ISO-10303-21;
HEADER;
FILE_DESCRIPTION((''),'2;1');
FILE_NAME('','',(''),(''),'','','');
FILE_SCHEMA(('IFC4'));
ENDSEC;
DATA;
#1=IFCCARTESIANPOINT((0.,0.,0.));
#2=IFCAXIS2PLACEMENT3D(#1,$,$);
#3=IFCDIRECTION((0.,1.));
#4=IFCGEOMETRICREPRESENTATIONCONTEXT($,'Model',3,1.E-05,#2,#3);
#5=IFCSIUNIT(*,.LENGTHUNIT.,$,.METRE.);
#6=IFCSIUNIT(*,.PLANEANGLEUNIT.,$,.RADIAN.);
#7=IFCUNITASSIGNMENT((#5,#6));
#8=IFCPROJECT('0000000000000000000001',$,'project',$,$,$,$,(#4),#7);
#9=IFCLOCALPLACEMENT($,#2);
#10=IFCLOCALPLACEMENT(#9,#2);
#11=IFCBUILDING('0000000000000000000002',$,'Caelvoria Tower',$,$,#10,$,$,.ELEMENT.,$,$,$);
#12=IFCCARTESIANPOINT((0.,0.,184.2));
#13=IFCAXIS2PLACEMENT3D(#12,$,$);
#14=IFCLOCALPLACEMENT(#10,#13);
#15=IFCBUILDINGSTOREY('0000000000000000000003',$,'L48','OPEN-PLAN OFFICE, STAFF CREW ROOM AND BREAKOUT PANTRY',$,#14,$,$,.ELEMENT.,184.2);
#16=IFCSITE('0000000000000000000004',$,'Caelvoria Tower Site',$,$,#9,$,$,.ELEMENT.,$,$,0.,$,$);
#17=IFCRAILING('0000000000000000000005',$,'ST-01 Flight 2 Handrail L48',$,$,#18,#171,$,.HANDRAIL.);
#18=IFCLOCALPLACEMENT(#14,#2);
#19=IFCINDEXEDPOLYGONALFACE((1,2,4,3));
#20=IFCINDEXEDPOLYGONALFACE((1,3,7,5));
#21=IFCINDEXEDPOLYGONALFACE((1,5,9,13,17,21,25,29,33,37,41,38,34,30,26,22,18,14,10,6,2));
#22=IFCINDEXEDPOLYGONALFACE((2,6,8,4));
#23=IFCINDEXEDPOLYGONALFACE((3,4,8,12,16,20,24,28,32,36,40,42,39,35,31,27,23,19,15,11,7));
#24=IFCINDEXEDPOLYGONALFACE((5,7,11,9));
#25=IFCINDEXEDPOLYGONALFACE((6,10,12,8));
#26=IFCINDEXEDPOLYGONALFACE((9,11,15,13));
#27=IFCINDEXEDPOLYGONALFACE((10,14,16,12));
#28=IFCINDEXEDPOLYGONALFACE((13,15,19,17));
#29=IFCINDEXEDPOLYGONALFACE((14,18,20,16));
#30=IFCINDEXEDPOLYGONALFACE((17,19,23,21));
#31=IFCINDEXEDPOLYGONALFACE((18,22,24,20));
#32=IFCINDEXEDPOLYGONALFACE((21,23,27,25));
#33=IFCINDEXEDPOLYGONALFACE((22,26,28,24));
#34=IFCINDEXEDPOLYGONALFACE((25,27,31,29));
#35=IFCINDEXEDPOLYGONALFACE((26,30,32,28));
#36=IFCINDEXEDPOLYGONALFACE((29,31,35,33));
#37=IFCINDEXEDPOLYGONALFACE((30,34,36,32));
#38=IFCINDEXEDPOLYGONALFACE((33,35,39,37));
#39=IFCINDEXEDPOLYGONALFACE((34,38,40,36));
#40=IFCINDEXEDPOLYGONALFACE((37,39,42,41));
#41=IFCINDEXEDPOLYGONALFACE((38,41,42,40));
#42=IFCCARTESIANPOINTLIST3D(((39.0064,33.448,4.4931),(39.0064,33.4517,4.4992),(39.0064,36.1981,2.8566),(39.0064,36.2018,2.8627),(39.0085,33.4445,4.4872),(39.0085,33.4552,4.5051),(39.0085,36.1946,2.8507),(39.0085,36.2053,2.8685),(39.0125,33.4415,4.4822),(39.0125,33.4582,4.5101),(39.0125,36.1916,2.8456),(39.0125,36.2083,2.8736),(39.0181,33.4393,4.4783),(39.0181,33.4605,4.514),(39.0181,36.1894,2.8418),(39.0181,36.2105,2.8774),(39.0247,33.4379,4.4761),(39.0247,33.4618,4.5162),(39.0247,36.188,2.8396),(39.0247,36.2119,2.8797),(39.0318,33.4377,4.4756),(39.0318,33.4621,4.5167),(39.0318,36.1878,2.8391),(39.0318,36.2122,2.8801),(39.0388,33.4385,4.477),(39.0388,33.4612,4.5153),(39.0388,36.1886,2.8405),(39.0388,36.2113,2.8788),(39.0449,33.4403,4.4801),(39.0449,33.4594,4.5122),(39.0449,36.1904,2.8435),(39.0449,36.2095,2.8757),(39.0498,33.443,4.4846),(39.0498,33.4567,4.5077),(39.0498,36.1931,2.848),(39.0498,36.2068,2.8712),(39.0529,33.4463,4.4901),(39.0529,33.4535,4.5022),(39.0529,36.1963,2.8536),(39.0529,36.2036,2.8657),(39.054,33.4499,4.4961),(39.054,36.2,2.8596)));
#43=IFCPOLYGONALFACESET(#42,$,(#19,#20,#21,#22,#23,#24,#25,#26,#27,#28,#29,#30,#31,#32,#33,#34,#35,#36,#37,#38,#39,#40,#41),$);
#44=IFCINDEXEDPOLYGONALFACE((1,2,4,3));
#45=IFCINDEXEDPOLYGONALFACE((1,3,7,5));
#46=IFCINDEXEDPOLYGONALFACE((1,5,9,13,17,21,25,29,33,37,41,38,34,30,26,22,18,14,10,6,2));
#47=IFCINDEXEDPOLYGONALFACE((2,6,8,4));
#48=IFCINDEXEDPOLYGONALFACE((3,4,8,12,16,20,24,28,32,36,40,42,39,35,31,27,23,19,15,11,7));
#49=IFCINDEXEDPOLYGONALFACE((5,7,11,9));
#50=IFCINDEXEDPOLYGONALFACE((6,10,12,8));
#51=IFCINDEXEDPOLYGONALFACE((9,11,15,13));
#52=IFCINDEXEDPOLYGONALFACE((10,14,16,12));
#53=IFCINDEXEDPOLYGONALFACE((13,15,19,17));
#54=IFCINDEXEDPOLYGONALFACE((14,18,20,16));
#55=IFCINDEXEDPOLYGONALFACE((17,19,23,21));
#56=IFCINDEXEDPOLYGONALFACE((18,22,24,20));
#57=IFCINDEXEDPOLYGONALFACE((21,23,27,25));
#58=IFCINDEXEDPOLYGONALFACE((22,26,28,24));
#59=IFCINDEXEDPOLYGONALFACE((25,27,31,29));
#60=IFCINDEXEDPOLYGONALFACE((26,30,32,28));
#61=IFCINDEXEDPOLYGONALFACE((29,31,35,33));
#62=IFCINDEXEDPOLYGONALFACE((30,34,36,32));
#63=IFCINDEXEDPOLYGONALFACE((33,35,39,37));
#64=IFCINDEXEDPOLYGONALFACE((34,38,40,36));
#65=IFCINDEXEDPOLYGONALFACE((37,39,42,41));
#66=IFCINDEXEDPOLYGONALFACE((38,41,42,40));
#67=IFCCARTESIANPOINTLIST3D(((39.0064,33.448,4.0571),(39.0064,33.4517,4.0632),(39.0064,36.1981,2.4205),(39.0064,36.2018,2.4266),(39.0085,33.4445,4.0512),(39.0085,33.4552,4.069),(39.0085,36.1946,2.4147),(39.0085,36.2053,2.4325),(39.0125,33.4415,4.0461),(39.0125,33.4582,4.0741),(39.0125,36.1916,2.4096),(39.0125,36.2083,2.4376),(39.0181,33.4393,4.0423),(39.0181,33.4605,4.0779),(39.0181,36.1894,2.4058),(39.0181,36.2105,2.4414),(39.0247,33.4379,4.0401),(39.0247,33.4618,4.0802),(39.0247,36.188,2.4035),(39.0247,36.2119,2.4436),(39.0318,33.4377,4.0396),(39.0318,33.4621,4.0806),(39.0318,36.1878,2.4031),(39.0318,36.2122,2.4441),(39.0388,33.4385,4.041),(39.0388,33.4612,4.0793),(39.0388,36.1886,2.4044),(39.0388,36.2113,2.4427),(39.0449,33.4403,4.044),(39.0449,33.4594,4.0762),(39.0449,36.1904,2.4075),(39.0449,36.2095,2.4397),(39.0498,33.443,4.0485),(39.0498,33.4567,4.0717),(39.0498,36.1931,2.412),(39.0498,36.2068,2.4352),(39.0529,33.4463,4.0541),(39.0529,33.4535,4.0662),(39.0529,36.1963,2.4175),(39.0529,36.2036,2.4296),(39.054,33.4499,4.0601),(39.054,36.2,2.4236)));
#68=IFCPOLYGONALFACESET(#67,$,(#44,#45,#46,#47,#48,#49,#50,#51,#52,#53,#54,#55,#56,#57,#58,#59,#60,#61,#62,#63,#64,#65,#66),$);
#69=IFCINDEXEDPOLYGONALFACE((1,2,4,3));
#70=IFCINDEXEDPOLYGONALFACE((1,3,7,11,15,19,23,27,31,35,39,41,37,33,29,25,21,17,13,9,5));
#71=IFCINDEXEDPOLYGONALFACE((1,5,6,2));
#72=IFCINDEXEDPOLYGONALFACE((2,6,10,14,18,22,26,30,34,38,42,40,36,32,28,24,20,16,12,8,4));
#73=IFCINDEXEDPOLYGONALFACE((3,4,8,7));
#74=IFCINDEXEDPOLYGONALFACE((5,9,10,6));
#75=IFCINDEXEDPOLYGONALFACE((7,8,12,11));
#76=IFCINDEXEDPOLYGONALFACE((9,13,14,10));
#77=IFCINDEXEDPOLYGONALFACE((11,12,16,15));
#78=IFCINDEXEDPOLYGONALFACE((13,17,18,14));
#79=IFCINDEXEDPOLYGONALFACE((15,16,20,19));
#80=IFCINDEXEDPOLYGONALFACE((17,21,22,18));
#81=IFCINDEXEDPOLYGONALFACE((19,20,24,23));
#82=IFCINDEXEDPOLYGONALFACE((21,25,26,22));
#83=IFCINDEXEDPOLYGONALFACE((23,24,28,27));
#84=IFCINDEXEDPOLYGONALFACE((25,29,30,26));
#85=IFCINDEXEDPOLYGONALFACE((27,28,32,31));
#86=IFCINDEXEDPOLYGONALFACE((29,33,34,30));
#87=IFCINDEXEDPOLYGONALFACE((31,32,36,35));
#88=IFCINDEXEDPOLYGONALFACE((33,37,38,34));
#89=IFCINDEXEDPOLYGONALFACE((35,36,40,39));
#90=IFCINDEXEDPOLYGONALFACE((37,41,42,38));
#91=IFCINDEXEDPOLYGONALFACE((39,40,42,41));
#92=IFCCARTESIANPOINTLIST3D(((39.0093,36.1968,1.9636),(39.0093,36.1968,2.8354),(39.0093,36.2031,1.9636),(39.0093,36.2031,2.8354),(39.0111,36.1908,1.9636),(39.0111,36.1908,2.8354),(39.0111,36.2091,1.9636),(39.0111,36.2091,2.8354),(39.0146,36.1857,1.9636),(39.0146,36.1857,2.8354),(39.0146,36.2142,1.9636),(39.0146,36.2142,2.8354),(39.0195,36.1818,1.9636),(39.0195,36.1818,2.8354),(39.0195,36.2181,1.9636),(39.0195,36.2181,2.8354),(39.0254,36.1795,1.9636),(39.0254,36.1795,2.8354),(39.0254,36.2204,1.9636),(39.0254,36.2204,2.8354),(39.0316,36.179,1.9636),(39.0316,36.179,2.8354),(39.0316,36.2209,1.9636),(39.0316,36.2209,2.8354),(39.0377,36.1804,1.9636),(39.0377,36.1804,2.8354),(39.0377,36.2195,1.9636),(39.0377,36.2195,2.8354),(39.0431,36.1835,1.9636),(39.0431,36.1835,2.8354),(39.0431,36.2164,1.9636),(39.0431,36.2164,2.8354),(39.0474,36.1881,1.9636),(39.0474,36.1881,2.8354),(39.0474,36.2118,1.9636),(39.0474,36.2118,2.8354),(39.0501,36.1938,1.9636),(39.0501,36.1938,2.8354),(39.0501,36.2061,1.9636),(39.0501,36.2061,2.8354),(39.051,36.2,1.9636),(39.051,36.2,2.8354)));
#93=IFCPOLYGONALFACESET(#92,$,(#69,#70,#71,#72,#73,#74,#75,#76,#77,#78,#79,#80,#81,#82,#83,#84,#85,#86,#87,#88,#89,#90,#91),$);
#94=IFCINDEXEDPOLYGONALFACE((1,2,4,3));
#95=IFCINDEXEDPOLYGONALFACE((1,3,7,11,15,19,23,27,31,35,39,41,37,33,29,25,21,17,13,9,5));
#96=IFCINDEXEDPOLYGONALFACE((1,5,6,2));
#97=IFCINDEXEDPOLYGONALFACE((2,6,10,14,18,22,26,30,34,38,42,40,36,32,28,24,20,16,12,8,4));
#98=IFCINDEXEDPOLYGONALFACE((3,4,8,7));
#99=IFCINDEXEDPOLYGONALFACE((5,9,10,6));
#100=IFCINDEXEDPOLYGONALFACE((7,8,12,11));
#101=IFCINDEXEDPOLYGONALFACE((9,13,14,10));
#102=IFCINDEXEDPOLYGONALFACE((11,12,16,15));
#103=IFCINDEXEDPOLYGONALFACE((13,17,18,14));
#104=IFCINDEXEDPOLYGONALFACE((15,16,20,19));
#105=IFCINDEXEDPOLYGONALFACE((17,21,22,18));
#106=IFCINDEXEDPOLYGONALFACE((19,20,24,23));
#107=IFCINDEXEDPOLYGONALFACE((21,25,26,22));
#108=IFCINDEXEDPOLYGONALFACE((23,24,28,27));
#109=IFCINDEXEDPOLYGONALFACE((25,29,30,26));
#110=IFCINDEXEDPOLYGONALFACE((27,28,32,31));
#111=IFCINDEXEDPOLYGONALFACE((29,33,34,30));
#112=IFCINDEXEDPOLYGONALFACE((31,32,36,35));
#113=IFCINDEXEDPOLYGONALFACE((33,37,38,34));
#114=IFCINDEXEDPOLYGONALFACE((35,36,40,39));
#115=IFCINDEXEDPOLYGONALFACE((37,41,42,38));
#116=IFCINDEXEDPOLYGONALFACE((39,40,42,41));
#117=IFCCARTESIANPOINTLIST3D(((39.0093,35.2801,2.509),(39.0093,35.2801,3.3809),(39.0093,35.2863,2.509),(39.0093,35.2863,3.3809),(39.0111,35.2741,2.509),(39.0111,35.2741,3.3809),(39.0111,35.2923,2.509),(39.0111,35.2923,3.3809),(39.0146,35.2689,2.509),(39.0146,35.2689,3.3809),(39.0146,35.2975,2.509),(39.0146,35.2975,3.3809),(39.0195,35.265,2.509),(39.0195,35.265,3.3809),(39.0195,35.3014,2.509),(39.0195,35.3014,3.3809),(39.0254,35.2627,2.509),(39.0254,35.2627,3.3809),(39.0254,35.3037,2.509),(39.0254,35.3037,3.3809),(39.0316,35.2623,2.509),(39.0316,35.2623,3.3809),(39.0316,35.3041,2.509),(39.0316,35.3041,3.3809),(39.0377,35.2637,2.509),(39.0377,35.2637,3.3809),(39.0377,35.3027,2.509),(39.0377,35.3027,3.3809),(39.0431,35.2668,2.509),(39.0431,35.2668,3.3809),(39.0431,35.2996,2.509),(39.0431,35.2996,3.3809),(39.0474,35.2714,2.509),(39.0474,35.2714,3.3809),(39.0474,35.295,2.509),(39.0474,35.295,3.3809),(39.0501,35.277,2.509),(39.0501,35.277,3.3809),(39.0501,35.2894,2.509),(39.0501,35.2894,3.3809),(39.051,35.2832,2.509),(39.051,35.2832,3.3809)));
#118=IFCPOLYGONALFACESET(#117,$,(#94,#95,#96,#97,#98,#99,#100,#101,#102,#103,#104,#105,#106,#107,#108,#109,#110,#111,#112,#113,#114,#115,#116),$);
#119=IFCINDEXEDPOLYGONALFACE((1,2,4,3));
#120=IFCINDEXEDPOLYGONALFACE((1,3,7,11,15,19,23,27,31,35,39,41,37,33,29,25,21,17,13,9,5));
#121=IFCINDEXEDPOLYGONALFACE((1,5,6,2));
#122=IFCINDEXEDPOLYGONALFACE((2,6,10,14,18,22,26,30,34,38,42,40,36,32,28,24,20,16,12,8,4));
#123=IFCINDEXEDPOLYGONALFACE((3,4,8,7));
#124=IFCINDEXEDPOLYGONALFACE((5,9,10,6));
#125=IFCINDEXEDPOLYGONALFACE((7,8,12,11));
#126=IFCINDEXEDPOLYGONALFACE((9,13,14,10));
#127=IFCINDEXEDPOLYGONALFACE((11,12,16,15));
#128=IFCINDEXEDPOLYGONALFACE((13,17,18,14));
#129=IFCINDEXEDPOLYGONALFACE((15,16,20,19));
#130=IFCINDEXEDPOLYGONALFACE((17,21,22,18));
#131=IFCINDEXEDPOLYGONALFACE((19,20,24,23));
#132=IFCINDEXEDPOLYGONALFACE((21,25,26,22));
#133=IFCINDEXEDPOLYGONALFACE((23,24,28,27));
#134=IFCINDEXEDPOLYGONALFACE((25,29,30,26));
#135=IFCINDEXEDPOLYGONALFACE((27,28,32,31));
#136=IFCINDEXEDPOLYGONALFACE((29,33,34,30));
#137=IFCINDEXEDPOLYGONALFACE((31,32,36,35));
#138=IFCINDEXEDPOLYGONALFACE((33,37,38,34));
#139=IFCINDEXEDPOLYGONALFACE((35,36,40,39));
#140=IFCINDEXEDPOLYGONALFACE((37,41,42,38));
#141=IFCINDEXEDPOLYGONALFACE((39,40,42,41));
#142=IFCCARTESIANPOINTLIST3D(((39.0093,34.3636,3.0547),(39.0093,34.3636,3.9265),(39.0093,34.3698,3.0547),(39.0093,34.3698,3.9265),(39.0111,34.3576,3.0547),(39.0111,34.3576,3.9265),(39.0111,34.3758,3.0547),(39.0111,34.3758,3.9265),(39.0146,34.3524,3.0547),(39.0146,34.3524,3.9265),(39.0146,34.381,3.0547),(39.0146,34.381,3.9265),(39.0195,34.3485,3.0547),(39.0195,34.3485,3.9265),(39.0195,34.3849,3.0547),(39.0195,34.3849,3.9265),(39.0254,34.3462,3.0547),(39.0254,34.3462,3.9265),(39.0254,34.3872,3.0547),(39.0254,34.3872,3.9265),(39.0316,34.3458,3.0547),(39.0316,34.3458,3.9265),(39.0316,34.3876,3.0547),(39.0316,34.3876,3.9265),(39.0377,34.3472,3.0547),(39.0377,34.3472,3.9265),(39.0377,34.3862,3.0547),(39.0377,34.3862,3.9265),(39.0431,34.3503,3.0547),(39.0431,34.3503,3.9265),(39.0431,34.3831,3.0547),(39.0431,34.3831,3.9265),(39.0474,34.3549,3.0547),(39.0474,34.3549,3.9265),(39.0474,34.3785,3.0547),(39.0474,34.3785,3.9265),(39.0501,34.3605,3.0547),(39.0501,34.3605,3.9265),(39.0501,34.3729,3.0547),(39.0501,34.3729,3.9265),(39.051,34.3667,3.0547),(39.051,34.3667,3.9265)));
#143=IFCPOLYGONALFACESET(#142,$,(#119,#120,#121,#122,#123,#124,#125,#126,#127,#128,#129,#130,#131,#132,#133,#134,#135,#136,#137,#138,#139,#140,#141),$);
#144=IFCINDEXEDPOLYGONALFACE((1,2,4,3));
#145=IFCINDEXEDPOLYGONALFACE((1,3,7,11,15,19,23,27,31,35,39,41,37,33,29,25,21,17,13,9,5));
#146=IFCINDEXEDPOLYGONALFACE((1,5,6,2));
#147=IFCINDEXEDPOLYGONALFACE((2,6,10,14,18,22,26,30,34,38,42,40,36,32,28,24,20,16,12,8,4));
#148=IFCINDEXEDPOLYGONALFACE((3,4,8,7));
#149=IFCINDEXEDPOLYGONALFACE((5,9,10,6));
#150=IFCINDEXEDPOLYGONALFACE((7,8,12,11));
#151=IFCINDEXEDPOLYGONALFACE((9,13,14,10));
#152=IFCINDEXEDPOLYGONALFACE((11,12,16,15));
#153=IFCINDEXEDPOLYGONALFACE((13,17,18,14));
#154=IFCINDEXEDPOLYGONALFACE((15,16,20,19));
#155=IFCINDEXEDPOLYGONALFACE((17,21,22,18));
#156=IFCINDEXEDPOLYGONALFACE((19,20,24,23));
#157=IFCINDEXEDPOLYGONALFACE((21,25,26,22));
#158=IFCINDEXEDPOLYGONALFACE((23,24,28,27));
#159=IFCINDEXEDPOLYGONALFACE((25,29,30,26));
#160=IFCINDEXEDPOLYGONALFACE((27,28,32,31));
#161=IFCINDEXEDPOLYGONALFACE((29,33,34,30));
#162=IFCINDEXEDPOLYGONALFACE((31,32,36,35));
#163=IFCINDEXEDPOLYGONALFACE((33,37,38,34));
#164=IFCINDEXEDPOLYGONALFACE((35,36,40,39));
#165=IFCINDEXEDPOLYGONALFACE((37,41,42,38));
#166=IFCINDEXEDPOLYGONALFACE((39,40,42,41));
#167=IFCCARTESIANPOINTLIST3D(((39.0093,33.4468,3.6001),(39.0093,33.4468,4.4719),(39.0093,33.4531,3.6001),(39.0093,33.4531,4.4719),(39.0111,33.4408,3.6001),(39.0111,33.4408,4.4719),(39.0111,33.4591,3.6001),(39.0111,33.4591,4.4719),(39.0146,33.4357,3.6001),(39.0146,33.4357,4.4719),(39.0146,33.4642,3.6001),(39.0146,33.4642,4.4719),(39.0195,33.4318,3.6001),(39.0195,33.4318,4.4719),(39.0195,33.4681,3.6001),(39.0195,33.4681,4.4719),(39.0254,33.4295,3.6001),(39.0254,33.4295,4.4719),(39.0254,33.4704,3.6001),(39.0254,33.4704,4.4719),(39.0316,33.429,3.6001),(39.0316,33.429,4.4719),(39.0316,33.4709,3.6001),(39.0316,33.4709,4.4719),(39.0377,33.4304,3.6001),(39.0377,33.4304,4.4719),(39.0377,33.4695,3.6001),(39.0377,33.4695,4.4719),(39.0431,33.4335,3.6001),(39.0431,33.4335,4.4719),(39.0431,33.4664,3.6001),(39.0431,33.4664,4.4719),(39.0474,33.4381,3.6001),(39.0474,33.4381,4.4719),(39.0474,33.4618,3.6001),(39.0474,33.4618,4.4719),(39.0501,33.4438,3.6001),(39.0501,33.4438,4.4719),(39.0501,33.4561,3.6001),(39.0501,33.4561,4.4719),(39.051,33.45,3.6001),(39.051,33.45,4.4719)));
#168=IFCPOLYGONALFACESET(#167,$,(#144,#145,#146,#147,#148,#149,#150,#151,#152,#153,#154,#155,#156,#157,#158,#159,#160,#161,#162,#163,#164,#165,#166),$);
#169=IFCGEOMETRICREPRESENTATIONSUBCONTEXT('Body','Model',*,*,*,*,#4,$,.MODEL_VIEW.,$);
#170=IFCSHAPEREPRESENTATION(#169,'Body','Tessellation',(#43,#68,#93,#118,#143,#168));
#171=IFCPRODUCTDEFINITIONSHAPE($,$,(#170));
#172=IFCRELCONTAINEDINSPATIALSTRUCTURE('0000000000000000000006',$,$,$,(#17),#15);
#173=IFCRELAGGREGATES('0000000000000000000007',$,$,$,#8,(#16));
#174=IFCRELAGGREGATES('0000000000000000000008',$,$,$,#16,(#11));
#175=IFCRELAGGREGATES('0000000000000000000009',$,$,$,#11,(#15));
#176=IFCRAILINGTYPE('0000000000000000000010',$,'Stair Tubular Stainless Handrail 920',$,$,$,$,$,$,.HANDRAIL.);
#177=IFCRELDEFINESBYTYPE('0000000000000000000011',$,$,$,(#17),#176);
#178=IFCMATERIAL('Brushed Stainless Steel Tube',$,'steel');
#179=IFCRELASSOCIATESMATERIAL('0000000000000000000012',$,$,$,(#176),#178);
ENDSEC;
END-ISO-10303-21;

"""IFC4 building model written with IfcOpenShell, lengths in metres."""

from ifc_helpers import new_model, si_unit, direction, frame, origin, origin_2d, place, context, subcontext, project, spatial, circle, extrude, material, type_object, element, save


model = new_model("IFC4")

# Units and contexts
model_context = context("Model", 3, precision=1e-05, world=origin(), true_north=direction((0.0, 1.0)))
body_context = subcontext(model_context, "Body", "Model", "MODEL_VIEW")
ifc_project = project(units=[si_unit("LENGTHUNIT", "METRE"), si_unit("PLANEANGLEUNIT", "RADIAN")], contexts=[model_context])

# Site, building, storey
site_placement = place(None, origin())
site = spatial("IfcSite", under=ifc_project, at=site_placement, Name="Caelvoria Tower Site", CompositionType="ELEMENT", RefElevation=0.0)
building_placement = place(site_placement, origin())
building = spatial("IfcBuilding", under=site, at=building_placement, Name="Caelvoria Tower", CompositionType="ELEMENT")
storey_placement = place(building_placement, frame((0.0, 0.0, 184.2)))
storey = spatial("IfcBuildingStorey", under=building, at=storey_placement, Name="L48", Description="OPEN-PLAN OFFICE, STAFF CREW ROOM AND BREAKOUT PANTRY", CompositionType="ELEMENT", Elevation=184.2)

# Railing
ifc_material_1 = material(Name="Brushed Stainless Steel Tube", Category="steel")
railing_type_1 = type_object("IfcRailingType", Name="Stair Tubular Stainless Handrail 920", PredefinedType="HANDRAIL", material=ifc_material_1)
railing_1_placement = place(storey_placement, frame((39.03, 36.2, 1.9636)))
element("IfcRailing", 1, at=railing_1_placement, inside=storey, type_object=railing_type_1, Name="ST-01 Flight 2 Handrail L48", PredefinedType="HANDRAIL", context=body_context, shape_type="SweptSolid", body=[
    extrude(circle(Radius=0.0239, at=origin_2d()), frame((0.0, 0.0, 0.896), z_axis=(0.0, -0.859352, 0.511385), x_axis=(1.0, 0.0, 0.0)), (0.0, 0.0, 1.0), 3.2002),
    extrude(circle(Radius=0.0239, at=origin_2d()), frame((0.0, 0.0, 0.46), z_axis=(0.0, -0.859352, 0.511385), x_axis=(1.0, 0.0, 0.0)), (0.0, 0.0, 1.0), 3.2002),
    extrude(circle(Radius=0.021, at=origin_2d()), origin(), (0.0, 0.0, 1.0), 0.8718),
    extrude(circle(Radius=0.021, at=origin_2d()), frame((0.0, -0.9167, 0.5454)), (0.0, 0.0, 1.0), 0.8718),
    extrude(circle(Radius=0.021, at=origin_2d()), frame((0.0, -1.8333, 1.0911)), (0.0, 0.0, 1.0), 0.8718),
    extrude(circle(Radius=0.021, at=origin_2d()), frame((0.0, -2.75, 1.6365)), (0.0, 0.0, 1.0), 0.8718),
])

save(model, "model.ifc")
